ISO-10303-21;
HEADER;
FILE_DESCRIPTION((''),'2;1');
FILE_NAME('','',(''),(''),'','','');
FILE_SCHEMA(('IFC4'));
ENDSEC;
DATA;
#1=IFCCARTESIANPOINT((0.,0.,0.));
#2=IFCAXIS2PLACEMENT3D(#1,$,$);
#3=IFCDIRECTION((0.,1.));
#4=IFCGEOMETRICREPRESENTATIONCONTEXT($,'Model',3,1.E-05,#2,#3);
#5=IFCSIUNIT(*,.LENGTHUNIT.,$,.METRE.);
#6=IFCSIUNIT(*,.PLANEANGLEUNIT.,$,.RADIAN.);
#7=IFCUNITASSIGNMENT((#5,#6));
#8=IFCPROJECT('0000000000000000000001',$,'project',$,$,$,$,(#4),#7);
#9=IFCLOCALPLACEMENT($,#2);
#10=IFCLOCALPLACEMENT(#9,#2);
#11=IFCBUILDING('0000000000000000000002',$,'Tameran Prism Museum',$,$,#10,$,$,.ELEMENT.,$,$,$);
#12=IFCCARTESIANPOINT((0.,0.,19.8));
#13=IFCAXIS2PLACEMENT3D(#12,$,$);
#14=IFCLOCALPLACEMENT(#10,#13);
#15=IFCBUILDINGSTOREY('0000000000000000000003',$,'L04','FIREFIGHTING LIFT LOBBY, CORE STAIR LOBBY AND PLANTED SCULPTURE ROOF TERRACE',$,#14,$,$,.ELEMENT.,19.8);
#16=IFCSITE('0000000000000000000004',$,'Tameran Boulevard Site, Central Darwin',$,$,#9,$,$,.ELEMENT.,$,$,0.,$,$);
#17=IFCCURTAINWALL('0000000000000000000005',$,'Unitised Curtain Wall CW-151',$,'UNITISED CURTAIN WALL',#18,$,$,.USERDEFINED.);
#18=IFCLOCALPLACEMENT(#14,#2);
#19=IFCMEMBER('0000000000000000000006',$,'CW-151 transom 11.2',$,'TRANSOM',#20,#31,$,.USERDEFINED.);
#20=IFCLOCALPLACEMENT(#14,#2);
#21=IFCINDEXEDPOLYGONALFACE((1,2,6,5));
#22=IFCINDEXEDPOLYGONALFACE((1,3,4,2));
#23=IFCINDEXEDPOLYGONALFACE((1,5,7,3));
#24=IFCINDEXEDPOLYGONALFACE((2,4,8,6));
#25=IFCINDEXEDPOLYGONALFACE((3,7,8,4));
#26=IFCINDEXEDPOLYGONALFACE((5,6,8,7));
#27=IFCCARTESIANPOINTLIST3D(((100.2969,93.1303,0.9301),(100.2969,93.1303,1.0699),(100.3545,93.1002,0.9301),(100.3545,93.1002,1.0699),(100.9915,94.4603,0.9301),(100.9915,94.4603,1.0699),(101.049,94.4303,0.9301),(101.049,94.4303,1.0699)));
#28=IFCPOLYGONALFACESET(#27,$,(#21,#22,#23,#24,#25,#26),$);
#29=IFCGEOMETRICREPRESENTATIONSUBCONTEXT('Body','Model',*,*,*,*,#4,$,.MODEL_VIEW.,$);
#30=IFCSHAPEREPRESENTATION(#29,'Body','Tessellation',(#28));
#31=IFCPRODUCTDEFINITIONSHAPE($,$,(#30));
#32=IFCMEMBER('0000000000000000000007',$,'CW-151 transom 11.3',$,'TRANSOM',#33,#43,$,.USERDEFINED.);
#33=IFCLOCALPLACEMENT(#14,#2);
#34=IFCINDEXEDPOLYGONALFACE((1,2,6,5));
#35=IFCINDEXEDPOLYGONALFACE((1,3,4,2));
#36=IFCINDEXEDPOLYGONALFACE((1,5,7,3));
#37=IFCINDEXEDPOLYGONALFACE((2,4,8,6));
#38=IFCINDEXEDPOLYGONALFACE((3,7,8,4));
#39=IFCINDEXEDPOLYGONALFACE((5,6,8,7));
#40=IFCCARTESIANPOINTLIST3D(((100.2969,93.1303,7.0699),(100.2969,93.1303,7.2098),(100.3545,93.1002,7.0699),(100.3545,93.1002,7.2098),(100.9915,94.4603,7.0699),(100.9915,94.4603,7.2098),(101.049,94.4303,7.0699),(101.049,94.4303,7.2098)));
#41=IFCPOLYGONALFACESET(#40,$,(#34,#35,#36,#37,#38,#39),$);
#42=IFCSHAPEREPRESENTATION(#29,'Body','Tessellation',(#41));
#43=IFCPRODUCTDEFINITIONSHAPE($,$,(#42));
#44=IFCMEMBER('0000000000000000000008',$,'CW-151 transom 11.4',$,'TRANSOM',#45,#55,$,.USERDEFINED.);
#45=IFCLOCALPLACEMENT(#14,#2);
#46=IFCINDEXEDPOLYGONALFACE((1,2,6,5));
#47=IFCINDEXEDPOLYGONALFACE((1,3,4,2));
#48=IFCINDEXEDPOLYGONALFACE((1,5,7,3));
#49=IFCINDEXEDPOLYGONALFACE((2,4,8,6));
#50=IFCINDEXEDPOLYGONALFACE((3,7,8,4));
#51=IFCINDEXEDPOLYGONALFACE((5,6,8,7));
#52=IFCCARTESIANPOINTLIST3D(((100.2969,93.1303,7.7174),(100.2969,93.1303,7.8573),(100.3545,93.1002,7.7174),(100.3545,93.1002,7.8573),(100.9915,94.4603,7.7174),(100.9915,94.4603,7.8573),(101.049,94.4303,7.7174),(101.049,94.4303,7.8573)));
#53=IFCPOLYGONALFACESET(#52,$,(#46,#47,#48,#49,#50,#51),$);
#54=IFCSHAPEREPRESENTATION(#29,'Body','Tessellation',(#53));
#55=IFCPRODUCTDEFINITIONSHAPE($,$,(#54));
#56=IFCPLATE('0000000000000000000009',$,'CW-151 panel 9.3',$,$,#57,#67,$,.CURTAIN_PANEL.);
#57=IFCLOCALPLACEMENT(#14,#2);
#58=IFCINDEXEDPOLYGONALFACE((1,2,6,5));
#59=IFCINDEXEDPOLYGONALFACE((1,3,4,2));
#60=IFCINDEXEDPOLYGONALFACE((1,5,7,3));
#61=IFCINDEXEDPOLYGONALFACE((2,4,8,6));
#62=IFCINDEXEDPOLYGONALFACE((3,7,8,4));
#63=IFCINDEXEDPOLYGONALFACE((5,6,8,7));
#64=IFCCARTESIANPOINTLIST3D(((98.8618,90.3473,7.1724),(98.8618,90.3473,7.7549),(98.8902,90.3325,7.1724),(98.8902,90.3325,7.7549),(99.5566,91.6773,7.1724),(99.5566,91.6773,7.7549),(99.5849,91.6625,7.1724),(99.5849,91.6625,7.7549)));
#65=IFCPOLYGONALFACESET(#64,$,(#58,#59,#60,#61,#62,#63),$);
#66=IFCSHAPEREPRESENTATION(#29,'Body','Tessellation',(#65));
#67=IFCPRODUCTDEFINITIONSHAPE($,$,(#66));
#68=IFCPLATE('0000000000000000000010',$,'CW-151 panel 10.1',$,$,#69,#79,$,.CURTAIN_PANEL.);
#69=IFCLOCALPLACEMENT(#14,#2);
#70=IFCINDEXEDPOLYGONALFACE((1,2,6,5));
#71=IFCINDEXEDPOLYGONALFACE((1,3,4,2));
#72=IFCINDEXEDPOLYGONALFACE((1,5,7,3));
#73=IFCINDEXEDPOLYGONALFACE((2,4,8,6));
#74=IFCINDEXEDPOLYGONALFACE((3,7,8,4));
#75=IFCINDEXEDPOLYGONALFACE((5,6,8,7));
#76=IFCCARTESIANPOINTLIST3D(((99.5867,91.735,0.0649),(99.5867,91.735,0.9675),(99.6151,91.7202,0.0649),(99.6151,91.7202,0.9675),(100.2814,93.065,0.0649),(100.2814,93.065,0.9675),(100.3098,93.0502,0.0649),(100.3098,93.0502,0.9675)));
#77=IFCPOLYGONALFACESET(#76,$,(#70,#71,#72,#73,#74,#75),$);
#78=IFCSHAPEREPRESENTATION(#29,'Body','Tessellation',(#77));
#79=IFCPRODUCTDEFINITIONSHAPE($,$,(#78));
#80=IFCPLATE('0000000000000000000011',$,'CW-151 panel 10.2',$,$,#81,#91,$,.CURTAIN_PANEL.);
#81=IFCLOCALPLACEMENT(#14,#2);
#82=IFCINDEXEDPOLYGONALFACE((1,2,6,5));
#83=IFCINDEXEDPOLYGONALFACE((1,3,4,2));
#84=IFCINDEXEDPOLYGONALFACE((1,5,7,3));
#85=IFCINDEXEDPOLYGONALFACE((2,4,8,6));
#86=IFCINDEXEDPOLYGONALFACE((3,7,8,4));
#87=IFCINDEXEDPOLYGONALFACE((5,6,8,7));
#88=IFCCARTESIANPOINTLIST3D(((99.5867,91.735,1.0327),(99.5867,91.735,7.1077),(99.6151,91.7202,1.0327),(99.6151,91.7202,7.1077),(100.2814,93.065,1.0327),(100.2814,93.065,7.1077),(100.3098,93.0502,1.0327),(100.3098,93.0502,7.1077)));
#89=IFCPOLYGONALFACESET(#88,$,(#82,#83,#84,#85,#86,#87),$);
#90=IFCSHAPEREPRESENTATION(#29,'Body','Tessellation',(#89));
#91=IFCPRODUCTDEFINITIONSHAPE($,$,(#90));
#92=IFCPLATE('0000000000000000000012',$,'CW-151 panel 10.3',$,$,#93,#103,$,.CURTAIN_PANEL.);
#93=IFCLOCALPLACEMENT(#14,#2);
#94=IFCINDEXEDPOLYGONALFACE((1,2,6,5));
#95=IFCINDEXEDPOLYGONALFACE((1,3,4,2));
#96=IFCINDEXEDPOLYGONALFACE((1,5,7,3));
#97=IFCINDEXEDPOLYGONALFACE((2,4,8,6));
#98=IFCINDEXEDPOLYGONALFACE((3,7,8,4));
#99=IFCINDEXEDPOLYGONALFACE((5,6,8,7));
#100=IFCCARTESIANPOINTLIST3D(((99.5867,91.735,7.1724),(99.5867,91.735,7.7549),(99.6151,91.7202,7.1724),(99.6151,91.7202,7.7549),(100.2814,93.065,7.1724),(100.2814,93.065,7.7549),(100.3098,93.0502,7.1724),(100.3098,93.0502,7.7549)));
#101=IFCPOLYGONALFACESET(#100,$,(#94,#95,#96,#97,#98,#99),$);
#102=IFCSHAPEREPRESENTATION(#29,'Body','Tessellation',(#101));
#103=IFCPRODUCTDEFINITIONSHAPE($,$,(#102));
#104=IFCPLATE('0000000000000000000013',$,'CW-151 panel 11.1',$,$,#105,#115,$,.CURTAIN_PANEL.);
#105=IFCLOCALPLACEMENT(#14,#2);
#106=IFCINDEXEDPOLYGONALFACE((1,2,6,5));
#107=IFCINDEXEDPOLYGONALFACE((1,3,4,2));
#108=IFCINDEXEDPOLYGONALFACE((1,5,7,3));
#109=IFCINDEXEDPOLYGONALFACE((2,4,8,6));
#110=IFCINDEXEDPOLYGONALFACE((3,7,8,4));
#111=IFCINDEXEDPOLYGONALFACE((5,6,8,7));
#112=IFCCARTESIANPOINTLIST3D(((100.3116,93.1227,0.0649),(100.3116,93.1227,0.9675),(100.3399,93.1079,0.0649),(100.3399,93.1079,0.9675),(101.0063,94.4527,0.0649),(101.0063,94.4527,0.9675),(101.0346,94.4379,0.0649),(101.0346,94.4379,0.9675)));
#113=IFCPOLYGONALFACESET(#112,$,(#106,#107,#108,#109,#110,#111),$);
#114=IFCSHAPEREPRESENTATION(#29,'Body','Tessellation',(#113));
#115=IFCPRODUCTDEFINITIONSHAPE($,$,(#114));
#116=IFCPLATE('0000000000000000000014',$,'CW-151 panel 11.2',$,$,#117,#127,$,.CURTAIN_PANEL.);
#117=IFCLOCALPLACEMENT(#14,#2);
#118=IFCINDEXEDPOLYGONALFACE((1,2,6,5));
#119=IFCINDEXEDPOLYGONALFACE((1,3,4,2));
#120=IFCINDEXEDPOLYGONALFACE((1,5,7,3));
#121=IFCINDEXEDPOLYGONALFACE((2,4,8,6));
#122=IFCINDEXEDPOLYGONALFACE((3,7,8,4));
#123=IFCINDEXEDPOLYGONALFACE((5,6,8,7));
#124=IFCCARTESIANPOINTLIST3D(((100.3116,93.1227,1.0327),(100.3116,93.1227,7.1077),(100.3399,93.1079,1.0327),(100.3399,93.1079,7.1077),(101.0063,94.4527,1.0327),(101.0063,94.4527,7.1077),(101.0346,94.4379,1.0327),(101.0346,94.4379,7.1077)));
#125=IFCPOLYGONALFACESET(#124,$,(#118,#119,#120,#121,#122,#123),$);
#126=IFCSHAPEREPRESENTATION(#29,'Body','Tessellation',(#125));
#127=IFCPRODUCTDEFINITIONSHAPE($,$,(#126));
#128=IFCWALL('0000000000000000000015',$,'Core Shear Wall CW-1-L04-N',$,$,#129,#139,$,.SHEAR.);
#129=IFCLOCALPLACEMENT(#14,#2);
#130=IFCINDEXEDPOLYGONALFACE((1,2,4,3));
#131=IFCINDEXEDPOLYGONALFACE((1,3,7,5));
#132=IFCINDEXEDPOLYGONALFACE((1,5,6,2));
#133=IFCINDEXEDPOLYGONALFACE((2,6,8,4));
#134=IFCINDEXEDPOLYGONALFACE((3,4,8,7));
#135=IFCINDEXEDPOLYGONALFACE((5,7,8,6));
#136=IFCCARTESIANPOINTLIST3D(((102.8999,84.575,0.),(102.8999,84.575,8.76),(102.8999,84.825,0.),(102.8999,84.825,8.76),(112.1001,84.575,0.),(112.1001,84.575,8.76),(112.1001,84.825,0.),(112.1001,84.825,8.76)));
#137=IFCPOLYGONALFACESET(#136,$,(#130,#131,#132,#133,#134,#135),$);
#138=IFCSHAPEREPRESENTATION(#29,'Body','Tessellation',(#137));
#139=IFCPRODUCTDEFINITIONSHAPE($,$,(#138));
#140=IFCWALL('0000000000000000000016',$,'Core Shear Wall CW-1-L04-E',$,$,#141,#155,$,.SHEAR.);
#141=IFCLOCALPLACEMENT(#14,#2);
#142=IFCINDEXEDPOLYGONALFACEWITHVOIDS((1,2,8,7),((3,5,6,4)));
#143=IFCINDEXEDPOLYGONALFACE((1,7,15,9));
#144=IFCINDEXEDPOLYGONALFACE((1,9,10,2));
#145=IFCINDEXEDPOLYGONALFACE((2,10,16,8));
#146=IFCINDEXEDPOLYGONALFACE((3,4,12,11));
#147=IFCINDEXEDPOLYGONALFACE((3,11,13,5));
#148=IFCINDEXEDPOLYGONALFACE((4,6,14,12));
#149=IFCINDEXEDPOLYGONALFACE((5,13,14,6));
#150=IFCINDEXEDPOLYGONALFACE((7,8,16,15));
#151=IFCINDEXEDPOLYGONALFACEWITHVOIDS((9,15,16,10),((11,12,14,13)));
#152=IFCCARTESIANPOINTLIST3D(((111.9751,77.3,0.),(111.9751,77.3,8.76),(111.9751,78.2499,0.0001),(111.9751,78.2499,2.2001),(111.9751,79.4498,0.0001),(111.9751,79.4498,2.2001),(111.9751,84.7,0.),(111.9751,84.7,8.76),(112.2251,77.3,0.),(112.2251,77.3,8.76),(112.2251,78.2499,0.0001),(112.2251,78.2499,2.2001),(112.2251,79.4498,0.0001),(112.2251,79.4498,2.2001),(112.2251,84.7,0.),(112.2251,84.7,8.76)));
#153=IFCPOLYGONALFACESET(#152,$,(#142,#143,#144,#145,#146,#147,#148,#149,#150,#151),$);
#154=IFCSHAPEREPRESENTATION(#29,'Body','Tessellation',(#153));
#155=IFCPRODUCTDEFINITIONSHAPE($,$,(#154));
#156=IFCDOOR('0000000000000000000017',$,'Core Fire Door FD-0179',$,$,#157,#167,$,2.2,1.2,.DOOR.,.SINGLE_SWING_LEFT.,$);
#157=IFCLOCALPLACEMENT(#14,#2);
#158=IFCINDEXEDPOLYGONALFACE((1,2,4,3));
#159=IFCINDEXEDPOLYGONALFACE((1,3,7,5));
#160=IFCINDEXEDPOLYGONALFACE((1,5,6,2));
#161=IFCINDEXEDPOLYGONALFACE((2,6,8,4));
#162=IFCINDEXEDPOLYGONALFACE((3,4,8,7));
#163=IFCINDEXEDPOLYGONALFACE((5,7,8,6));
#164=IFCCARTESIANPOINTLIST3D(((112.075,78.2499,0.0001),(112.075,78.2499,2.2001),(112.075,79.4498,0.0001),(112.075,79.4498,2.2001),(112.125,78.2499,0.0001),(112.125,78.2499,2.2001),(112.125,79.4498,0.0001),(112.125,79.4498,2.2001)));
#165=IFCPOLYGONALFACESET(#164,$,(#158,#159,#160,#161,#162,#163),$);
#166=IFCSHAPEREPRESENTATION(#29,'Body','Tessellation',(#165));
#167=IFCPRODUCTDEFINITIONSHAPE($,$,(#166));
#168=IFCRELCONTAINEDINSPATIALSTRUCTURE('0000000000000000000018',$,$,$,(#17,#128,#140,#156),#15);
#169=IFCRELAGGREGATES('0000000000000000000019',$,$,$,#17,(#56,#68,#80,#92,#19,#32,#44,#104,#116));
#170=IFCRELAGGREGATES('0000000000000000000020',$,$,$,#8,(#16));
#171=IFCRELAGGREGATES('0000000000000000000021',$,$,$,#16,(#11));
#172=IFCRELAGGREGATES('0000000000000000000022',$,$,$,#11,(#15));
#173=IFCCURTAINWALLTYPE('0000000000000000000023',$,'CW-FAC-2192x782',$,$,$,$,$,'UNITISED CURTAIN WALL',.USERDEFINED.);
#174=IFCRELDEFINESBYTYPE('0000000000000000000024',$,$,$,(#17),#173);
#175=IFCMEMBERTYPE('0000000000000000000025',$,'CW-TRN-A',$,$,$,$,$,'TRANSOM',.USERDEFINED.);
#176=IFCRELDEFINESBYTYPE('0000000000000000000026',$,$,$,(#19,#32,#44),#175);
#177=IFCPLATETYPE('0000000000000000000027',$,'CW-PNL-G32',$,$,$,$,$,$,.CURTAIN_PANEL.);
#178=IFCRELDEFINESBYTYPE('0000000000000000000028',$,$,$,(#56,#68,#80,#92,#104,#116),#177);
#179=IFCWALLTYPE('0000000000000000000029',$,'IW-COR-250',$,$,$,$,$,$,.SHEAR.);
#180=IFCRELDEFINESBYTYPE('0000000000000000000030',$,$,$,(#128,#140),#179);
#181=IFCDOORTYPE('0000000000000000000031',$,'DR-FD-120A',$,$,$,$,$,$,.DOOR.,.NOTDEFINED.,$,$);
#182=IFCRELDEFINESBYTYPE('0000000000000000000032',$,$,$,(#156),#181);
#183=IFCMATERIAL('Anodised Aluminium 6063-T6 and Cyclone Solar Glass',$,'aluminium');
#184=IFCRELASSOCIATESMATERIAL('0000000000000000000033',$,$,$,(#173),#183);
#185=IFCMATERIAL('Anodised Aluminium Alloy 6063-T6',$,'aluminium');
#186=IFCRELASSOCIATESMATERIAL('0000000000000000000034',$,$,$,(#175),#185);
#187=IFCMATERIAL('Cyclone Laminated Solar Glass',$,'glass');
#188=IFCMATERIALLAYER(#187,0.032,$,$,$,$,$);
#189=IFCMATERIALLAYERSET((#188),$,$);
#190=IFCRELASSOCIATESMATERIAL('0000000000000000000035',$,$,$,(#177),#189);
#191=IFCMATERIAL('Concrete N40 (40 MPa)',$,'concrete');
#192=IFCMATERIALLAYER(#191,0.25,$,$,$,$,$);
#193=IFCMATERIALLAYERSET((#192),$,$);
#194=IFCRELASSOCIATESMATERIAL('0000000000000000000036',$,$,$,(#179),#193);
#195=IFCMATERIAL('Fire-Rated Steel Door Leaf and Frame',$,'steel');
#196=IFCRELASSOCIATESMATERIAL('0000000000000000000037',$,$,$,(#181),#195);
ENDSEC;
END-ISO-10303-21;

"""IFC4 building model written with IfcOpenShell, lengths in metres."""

from ifc_helpers import new_model, si_unit, direction, frame, frame_2d, origin, origin_2d, place, context, subcontext, project, spatial, rectangle, extrude, material, layer, layer_set, material_profile, profile_set, type_object, element, fill, aggregate, save


model = new_model("IFC4")

# Units and contexts
model_context = context("Model", 3, precision=1e-05, world=origin(), true_north=direction((0.0, 1.0)))
body_context = subcontext(model_context, "Body", "Model", "MODEL_VIEW")
ifc_project = project(units=[si_unit("LENGTHUNIT", "METRE"), si_unit("PLANEANGLEUNIT", "RADIAN")], contexts=[model_context])

# Site, building, storey
site_placement = place(None, origin())
site = spatial("IfcSite", under=ifc_project, at=site_placement, Name="Tameran Boulevard Site, Central Darwin", CompositionType="ELEMENT", RefElevation=0.0)
building_placement = place(site_placement, origin())
building = spatial("IfcBuilding", under=site, at=building_placement, Name="Tameran Prism Museum", CompositionType="ELEMENT")
storey_placement = place(building_placement, frame((0.0, 0.0, 19.8)))
storey = spatial("IfcBuildingStorey", under=building, at=storey_placement, Name="L04", Description="FIREFIGHTING LIFT LOBBY, CORE STAIR LOBBY AND PLANTED SCULPTURE ROOF TERRACE", CompositionType="ELEMENT", Elevation=19.8)

# Curtain wall, members, plates
ifc_material_1 = material(Name="Anodised Aluminium 6063-T6 and Cyclone Solar Glass", Category="aluminium")
curtain_wall_type = type_object("IfcCurtainWallType", Name="CW-FAC-2192x782", ElementType="UNITISED CURTAIN WALL", PredefinedType="USERDEFINED", material=ifc_material_1)
curtain_wall_placement = place(storey_placement, origin())
curtain_wall = element("IfcCurtainWall", 1, at=curtain_wall_placement, inside=storey, type_object=curtain_wall_type, Name="Unitised Curtain Wall CW-151", ObjectType="UNITISED CURTAIN WALL", PredefinedType="USERDEFINED")
ifc_material_2 = material(Name="Anodised Aluminium Alloy 6063-T6", Category="aluminium")
ifc_material_profile_1 = material_profile(ifc_material_2, rectangle(XDim=0.0649, YDim=0.1399, at=origin_2d()))
ifc_profile_set_1 = profile_set([ifc_material_profile_1])
member_type_1 = type_object("IfcMemberType", Name="CW-TRN-A", ElementType="TRANSOM", PredefinedType="USERDEFINED", material=ifc_profile_set_1)
member_1_placement = place(storey_placement, frame((100.3257, 93.1152, 1.0), z_axis=(0.462894, 0.886414, 0.0), x_axis=(-0.886414, 0.462894, 0.0)))
member_1 = element("IfcMember", 2, at=member_1_placement, type_object=member_type_1, Name="CW-151 transom 11.2", ObjectType="TRANSOM", PredefinedType="USERDEFINED", context=body_context, shape_type="SweptSolid", body=[
    extrude(rectangle(XDim=0.0649, YDim=0.1399, at=origin_2d()), origin(), (0.0, 0.0, 1.0), 1.5005),
])
member_2_placement = place(storey_placement, frame((100.3257, 93.1152, 7.1399), z_axis=(0.462894, 0.886414, 0.0), x_axis=(-0.886414, 0.462894, 0.0)))
member_2 = element("IfcMember", 3, at=member_2_placement, type_object=member_type_1, Name="CW-151 transom 11.3", ObjectType="TRANSOM", PredefinedType="USERDEFINED", context=body_context, shape_type="SweptSolid", body=[
    extrude(rectangle(XDim=0.0649, YDim=0.1399, at=origin_2d()), origin(), (0.0, 0.0, 1.0), 1.5005),
])
member_3_placement = place(storey_placement, frame((100.3257, 93.1152, 7.7874), z_axis=(0.462894, 0.886414, 0.0), x_axis=(-0.886414, 0.462894, 0.0)))
member_3 = element("IfcMember", 4, at=member_3_placement, type_object=member_type_1, Name="CW-151 transom 11.4", ObjectType="TRANSOM", PredefinedType="USERDEFINED", context=body_context, shape_type="SweptSolid", body=[
    extrude(rectangle(XDim=0.0649, YDim=0.1399, at=origin_2d()), origin(), (0.0, 0.0, 1.0), 1.5005),
])
ifc_material_3 = material(Name="Cyclone Laminated Solar Glass", Category="glass")
ifc_layer_1 = layer(ifc_material_3, 0.032)
ifc_layer_set_1 = layer_set([ifc_layer_1])
plate_type = type_object("IfcPlateType", Name="CW-PNL-G32", PredefinedType="CURTAIN_PANEL", material=ifc_layer_set_1)
plate_1_placement = place(storey_placement, frame((99.2234, 91.0049, 7.1724), z_axis=(0.0, 0.0, 1.0), x_axis=(0.463003, 0.886357, 0.0)))
plate_1 = element("IfcPlate", 5, at=plate_1_placement, type_object=plate_type, Name="CW-151 panel 9.3", PredefinedType="CURTAIN_PANEL", context=body_context, shape_type="SweptSolid", body=[
    extrude(rectangle(XDim=1.5005, YDim=0.032, at=origin_2d()), origin(), (0.0, 0.0, 1.0), 0.5825),
])
plate_2_placement = place(storey_placement, frame((99.9482, 92.3926, 0.0649), z_axis=(0.0, 0.0, 1.0), x_axis=(0.463003, 0.886357, 0.0)))
plate_2 = element("IfcPlate", 6, at=plate_2_placement, type_object=plate_type, Name="CW-151 panel 10.1", PredefinedType="CURTAIN_PANEL", context=body_context, shape_type="SweptSolid", body=[
    extrude(rectangle(XDim=1.5005, YDim=0.032, at=origin_2d()), origin(), (0.0, 0.0, 1.0), 0.9026),
])
plate_3_placement = place(storey_placement, frame((99.9482, 92.3926, 1.0327), z_axis=(0.0, 0.0, 1.0), x_axis=(0.463003, 0.886357, 0.0)))
plate_3 = element("IfcPlate", 7, at=plate_3_placement, type_object=plate_type, Name="CW-151 panel 10.2", PredefinedType="CURTAIN_PANEL", context=body_context, shape_type="SweptSolid", body=[
    extrude(rectangle(XDim=1.5005, YDim=0.032, at=origin_2d()), origin(), (0.0, 0.0, 1.0), 6.075),
])
plate_4_placement = place(storey_placement, frame((99.9482, 92.3926, 7.1724), z_axis=(0.0, 0.0, 1.0), x_axis=(0.463003, 0.886357, 0.0)))
plate_4 = element("IfcPlate", 8, at=plate_4_placement, type_object=plate_type, Name="CW-151 panel 10.3", PredefinedType="CURTAIN_PANEL", context=body_context, shape_type="SweptSolid", body=[
    extrude(rectangle(XDim=1.5005, YDim=0.032, at=origin_2d()), origin(), (0.0, 0.0, 1.0), 0.5825),
])
plate_5_placement = place(storey_placement, frame((100.6731, 93.7803, 0.0649), z_axis=(0.0, 0.0, 1.0), x_axis=(0.463003, 0.886357, 0.0)))
plate_5 = element("IfcPlate", 9, at=plate_5_placement, type_object=plate_type, Name="CW-151 panel 11.1", PredefinedType="CURTAIN_PANEL", context=body_context, shape_type="SweptSolid", body=[
    extrude(rectangle(XDim=1.5005, YDim=0.032, at=origin_2d()), origin(), (0.0, 0.0, 1.0), 0.9026),
])
plate_6_placement = place(storey_placement, frame((100.6731, 93.7803, 1.0327), z_axis=(0.0, 0.0, 1.0), x_axis=(0.463003, 0.886357, 0.0)))
plate_6 = element("IfcPlate", 10, at=plate_6_placement, type_object=plate_type, Name="CW-151 panel 11.2", PredefinedType="CURTAIN_PANEL", context=body_context, shape_type="SweptSolid", body=[
    extrude(rectangle(XDim=1.5005, YDim=0.032, at=origin_2d()), origin(), (0.0, 0.0, 1.0), 6.075),
])
aggregate(curtain_wall, [plate_1, plate_2, plate_3, plate_4, member_1, member_2, member_3, plate_5, plate_6])

# Wall
ifc_material_4 = material(Name="Concrete N40 (40 MPa)", Category="concrete")
ifc_layer_2 = layer(ifc_material_4, 0.25)
ifc_layer_set_2 = layer_set([ifc_layer_2])
wall_type = type_object("IfcWallType", Name="IW-COR-250", PredefinedType="SHEAR", material=ifc_layer_set_2)
wall_1_placement = place(storey_placement, frame((102.8999, 84.7, 0.0), z_axis=(0.0, 0.0, 1.0), x_axis=(1.0, 0.0, 0.0)))
element("IfcWall", 11, at=wall_1_placement, inside=storey, type_object=wall_type, Name="Core Shear Wall CW-1-L04-N", PredefinedType="SHEAR", context=body_context, shape_type="SweptSolid", body=[
    extrude(rectangle(XDim=9.2002, YDim=0.25, at=frame_2d((4.6001, 0.0))), origin(), (0.0, 0.0, 1.0), 8.76),
])

# Wall, opening, door
wall_2_placement = place(storey_placement, frame((112.1001, 84.7, 0.0), z_axis=(0.0, 0.0, 1.0), x_axis=(0.0, -1.0, 0.0)))
wall_2 = element("IfcWall", 12, at=wall_2_placement, inside=storey, type_object=wall_type, Name="Core Shear Wall CW-1-L04-E", PredefinedType="SHEAR", context=body_context, shape_type="SweptSolid", body=[
    extrude(rectangle(XDim=7.3999, YDim=0.25, at=frame_2d((3.7, 0.0))), origin(), (0.0, 0.0, 1.0), 8.76),
])
opening_1_placement = place(wall_2_placement, frame((5.25, 0.0, 0.0)))
opening_1 = element("IfcOpeningElement", 13, at=opening_1_placement, cuts=wall_2, PredefinedType="OPENING", context=body_context, shape_type="SweptSolid", body=[
    extrude(rectangle(XDim=1.2, YDim=2.2, at=frame_2d((0.6001, 1.1001))), frame((0.0, 0.135, 0.0), z_axis=(0.0, -1.0, 0.0), x_axis=(1.0, 0.0, 0.0)), (0.0, 0.0, 1.0), 0.27),
])
ifc_material_5 = material(Name="Fire-Rated Steel Door Leaf and Frame", Category="steel")
door_type = type_object("IfcDoorType", Name="DR-FD-120A", OperationType="NOTDEFINED", PredefinedType="DOOR", material=ifc_material_5)
door_1_placement = place(opening_1_placement, origin())
door_1 = element("IfcDoor", 14, at=door_1_placement, inside=storey, type_object=door_type, Name="Core Fire Door FD-0179", OperationType="SINGLE_SWING_LEFT", OverallHeight=2.2, OverallWidth=1.2, PredefinedType="DOOR", context=body_context, shape_type="SweptSolid", body=[
    extrude(rectangle(XDim=1.2, YDim=2.2, at=frame_2d((0.6001, 1.1001))), frame((0.0, 0.0249, 0.0), z_axis=(0.0, -1.0, 0.0), x_axis=(1.0, 0.0, 0.0)), (0.0, 0.0, 1.0), 0.05),
])
fill(opening_1, door_1)

save(model, "model.ifc")
